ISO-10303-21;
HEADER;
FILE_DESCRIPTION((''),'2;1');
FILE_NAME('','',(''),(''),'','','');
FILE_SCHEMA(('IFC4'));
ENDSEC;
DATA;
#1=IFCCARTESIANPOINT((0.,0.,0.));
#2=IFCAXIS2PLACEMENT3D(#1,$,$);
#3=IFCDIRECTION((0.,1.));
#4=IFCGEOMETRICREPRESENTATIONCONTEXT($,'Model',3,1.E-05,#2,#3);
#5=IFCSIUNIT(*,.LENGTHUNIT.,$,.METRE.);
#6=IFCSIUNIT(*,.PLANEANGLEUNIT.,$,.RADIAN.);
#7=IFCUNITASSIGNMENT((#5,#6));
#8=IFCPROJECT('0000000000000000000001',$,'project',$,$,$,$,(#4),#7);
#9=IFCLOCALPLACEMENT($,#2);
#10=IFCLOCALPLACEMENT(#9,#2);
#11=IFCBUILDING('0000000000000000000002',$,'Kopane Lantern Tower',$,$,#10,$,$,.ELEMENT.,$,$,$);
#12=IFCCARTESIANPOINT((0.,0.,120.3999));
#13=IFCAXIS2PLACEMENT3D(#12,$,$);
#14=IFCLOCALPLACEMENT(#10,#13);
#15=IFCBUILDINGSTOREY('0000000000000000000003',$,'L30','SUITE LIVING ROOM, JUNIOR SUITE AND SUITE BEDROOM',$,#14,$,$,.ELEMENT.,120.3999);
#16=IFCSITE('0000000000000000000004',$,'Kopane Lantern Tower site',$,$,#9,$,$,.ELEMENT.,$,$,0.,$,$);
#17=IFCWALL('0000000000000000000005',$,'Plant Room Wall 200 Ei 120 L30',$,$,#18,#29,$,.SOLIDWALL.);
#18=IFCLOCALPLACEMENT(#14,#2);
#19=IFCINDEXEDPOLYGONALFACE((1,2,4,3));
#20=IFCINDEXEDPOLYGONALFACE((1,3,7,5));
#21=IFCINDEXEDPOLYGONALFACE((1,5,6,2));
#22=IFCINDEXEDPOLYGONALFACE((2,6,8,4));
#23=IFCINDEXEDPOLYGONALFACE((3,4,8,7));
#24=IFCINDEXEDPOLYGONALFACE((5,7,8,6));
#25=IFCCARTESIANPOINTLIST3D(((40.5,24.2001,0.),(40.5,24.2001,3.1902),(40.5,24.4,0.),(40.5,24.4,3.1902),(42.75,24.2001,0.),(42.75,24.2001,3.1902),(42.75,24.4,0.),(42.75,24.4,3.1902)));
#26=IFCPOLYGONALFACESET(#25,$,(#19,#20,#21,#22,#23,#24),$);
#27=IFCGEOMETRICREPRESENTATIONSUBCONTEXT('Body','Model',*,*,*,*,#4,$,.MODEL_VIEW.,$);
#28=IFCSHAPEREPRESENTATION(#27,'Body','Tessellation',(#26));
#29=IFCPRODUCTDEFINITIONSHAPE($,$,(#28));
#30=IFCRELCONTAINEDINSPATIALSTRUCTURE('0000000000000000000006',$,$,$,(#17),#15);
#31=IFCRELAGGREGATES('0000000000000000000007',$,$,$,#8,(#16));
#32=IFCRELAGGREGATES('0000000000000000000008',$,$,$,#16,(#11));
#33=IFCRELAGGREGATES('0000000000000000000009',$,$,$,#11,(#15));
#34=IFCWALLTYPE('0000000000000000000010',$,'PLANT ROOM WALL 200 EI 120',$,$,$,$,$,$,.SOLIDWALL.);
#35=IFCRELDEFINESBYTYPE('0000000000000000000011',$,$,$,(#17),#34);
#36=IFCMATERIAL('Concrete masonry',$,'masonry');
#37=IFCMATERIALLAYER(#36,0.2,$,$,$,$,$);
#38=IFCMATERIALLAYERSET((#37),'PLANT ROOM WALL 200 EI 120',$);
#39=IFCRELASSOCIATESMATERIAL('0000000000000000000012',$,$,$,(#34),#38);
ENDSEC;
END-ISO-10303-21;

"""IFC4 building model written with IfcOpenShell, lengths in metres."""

from ifc_helpers import new_model, si_unit, direction, frame, frame_2d, origin, place, context, subcontext, project, spatial, rectangle, extrude, material, layer, layer_set, type_object, element, save


model = new_model("IFC4")

# Units and contexts
model_context = context("Model", 3, precision=1e-05, world=origin(), true_north=direction((0.0, 1.0)))
body_context = subcontext(model_context, "Body", "Model", "MODEL_VIEW")
ifc_project = project(units=[si_unit("LENGTHUNIT", "METRE"), si_unit("PLANEANGLEUNIT", "RADIAN")], contexts=[model_context])

# Site, building, storey
site_placement = place(None, origin())
site = spatial("IfcSite", under=ifc_project, at=site_placement, Name="Kopane Lantern Tower site", CompositionType="ELEMENT", RefElevation=0.0)
building_placement = place(site_placement, origin())
building = spatial("IfcBuilding", under=site, at=building_placement, Name="Kopane Lantern Tower", CompositionType="ELEMENT")
storey_placement = place(building_placement, frame((0.0, 0.0, 120.3999)))
storey = spatial("IfcBuildingStorey", under=building, at=storey_placement, Name="L30", Description="SUITE LIVING ROOM, JUNIOR SUITE AND SUITE BEDROOM", CompositionType="ELEMENT", Elevation=120.3999)

# Wall
ifc_material_1 = material(Name="Concrete masonry", Category="masonry")
ifc_layer_1 = layer(ifc_material_1, 0.2)
ifc_layer_set_1 = layer_set([ifc_layer_1], Name="PLANT ROOM WALL 200 EI 120")
wall_type_1 = type_object("IfcWallType", Name="PLANT ROOM WALL 200 EI 120", PredefinedType="SOLIDWALL", material=ifc_layer_set_1)
wall_1_placement = place(storey_placement, frame((40.5, 24.3, 0.0), z_axis=(0.0, 0.0, 1.0), x_axis=(1.0, 0.0, 0.0)))
element("IfcWall", 1, at=wall_1_placement, inside=storey, type_object=wall_type_1, Name="Plant Room Wall 200 Ei 120 L30", PredefinedType="SOLIDWALL", context=body_context, shape_type="SweptSolid", body=[
    extrude(rectangle(XDim=2.25, YDim=0.2, at=frame_2d((1.125, 0.0))), origin(), (0.0, 0.0, 1.0), 3.1902),
])

save(model, "model.ifc")
